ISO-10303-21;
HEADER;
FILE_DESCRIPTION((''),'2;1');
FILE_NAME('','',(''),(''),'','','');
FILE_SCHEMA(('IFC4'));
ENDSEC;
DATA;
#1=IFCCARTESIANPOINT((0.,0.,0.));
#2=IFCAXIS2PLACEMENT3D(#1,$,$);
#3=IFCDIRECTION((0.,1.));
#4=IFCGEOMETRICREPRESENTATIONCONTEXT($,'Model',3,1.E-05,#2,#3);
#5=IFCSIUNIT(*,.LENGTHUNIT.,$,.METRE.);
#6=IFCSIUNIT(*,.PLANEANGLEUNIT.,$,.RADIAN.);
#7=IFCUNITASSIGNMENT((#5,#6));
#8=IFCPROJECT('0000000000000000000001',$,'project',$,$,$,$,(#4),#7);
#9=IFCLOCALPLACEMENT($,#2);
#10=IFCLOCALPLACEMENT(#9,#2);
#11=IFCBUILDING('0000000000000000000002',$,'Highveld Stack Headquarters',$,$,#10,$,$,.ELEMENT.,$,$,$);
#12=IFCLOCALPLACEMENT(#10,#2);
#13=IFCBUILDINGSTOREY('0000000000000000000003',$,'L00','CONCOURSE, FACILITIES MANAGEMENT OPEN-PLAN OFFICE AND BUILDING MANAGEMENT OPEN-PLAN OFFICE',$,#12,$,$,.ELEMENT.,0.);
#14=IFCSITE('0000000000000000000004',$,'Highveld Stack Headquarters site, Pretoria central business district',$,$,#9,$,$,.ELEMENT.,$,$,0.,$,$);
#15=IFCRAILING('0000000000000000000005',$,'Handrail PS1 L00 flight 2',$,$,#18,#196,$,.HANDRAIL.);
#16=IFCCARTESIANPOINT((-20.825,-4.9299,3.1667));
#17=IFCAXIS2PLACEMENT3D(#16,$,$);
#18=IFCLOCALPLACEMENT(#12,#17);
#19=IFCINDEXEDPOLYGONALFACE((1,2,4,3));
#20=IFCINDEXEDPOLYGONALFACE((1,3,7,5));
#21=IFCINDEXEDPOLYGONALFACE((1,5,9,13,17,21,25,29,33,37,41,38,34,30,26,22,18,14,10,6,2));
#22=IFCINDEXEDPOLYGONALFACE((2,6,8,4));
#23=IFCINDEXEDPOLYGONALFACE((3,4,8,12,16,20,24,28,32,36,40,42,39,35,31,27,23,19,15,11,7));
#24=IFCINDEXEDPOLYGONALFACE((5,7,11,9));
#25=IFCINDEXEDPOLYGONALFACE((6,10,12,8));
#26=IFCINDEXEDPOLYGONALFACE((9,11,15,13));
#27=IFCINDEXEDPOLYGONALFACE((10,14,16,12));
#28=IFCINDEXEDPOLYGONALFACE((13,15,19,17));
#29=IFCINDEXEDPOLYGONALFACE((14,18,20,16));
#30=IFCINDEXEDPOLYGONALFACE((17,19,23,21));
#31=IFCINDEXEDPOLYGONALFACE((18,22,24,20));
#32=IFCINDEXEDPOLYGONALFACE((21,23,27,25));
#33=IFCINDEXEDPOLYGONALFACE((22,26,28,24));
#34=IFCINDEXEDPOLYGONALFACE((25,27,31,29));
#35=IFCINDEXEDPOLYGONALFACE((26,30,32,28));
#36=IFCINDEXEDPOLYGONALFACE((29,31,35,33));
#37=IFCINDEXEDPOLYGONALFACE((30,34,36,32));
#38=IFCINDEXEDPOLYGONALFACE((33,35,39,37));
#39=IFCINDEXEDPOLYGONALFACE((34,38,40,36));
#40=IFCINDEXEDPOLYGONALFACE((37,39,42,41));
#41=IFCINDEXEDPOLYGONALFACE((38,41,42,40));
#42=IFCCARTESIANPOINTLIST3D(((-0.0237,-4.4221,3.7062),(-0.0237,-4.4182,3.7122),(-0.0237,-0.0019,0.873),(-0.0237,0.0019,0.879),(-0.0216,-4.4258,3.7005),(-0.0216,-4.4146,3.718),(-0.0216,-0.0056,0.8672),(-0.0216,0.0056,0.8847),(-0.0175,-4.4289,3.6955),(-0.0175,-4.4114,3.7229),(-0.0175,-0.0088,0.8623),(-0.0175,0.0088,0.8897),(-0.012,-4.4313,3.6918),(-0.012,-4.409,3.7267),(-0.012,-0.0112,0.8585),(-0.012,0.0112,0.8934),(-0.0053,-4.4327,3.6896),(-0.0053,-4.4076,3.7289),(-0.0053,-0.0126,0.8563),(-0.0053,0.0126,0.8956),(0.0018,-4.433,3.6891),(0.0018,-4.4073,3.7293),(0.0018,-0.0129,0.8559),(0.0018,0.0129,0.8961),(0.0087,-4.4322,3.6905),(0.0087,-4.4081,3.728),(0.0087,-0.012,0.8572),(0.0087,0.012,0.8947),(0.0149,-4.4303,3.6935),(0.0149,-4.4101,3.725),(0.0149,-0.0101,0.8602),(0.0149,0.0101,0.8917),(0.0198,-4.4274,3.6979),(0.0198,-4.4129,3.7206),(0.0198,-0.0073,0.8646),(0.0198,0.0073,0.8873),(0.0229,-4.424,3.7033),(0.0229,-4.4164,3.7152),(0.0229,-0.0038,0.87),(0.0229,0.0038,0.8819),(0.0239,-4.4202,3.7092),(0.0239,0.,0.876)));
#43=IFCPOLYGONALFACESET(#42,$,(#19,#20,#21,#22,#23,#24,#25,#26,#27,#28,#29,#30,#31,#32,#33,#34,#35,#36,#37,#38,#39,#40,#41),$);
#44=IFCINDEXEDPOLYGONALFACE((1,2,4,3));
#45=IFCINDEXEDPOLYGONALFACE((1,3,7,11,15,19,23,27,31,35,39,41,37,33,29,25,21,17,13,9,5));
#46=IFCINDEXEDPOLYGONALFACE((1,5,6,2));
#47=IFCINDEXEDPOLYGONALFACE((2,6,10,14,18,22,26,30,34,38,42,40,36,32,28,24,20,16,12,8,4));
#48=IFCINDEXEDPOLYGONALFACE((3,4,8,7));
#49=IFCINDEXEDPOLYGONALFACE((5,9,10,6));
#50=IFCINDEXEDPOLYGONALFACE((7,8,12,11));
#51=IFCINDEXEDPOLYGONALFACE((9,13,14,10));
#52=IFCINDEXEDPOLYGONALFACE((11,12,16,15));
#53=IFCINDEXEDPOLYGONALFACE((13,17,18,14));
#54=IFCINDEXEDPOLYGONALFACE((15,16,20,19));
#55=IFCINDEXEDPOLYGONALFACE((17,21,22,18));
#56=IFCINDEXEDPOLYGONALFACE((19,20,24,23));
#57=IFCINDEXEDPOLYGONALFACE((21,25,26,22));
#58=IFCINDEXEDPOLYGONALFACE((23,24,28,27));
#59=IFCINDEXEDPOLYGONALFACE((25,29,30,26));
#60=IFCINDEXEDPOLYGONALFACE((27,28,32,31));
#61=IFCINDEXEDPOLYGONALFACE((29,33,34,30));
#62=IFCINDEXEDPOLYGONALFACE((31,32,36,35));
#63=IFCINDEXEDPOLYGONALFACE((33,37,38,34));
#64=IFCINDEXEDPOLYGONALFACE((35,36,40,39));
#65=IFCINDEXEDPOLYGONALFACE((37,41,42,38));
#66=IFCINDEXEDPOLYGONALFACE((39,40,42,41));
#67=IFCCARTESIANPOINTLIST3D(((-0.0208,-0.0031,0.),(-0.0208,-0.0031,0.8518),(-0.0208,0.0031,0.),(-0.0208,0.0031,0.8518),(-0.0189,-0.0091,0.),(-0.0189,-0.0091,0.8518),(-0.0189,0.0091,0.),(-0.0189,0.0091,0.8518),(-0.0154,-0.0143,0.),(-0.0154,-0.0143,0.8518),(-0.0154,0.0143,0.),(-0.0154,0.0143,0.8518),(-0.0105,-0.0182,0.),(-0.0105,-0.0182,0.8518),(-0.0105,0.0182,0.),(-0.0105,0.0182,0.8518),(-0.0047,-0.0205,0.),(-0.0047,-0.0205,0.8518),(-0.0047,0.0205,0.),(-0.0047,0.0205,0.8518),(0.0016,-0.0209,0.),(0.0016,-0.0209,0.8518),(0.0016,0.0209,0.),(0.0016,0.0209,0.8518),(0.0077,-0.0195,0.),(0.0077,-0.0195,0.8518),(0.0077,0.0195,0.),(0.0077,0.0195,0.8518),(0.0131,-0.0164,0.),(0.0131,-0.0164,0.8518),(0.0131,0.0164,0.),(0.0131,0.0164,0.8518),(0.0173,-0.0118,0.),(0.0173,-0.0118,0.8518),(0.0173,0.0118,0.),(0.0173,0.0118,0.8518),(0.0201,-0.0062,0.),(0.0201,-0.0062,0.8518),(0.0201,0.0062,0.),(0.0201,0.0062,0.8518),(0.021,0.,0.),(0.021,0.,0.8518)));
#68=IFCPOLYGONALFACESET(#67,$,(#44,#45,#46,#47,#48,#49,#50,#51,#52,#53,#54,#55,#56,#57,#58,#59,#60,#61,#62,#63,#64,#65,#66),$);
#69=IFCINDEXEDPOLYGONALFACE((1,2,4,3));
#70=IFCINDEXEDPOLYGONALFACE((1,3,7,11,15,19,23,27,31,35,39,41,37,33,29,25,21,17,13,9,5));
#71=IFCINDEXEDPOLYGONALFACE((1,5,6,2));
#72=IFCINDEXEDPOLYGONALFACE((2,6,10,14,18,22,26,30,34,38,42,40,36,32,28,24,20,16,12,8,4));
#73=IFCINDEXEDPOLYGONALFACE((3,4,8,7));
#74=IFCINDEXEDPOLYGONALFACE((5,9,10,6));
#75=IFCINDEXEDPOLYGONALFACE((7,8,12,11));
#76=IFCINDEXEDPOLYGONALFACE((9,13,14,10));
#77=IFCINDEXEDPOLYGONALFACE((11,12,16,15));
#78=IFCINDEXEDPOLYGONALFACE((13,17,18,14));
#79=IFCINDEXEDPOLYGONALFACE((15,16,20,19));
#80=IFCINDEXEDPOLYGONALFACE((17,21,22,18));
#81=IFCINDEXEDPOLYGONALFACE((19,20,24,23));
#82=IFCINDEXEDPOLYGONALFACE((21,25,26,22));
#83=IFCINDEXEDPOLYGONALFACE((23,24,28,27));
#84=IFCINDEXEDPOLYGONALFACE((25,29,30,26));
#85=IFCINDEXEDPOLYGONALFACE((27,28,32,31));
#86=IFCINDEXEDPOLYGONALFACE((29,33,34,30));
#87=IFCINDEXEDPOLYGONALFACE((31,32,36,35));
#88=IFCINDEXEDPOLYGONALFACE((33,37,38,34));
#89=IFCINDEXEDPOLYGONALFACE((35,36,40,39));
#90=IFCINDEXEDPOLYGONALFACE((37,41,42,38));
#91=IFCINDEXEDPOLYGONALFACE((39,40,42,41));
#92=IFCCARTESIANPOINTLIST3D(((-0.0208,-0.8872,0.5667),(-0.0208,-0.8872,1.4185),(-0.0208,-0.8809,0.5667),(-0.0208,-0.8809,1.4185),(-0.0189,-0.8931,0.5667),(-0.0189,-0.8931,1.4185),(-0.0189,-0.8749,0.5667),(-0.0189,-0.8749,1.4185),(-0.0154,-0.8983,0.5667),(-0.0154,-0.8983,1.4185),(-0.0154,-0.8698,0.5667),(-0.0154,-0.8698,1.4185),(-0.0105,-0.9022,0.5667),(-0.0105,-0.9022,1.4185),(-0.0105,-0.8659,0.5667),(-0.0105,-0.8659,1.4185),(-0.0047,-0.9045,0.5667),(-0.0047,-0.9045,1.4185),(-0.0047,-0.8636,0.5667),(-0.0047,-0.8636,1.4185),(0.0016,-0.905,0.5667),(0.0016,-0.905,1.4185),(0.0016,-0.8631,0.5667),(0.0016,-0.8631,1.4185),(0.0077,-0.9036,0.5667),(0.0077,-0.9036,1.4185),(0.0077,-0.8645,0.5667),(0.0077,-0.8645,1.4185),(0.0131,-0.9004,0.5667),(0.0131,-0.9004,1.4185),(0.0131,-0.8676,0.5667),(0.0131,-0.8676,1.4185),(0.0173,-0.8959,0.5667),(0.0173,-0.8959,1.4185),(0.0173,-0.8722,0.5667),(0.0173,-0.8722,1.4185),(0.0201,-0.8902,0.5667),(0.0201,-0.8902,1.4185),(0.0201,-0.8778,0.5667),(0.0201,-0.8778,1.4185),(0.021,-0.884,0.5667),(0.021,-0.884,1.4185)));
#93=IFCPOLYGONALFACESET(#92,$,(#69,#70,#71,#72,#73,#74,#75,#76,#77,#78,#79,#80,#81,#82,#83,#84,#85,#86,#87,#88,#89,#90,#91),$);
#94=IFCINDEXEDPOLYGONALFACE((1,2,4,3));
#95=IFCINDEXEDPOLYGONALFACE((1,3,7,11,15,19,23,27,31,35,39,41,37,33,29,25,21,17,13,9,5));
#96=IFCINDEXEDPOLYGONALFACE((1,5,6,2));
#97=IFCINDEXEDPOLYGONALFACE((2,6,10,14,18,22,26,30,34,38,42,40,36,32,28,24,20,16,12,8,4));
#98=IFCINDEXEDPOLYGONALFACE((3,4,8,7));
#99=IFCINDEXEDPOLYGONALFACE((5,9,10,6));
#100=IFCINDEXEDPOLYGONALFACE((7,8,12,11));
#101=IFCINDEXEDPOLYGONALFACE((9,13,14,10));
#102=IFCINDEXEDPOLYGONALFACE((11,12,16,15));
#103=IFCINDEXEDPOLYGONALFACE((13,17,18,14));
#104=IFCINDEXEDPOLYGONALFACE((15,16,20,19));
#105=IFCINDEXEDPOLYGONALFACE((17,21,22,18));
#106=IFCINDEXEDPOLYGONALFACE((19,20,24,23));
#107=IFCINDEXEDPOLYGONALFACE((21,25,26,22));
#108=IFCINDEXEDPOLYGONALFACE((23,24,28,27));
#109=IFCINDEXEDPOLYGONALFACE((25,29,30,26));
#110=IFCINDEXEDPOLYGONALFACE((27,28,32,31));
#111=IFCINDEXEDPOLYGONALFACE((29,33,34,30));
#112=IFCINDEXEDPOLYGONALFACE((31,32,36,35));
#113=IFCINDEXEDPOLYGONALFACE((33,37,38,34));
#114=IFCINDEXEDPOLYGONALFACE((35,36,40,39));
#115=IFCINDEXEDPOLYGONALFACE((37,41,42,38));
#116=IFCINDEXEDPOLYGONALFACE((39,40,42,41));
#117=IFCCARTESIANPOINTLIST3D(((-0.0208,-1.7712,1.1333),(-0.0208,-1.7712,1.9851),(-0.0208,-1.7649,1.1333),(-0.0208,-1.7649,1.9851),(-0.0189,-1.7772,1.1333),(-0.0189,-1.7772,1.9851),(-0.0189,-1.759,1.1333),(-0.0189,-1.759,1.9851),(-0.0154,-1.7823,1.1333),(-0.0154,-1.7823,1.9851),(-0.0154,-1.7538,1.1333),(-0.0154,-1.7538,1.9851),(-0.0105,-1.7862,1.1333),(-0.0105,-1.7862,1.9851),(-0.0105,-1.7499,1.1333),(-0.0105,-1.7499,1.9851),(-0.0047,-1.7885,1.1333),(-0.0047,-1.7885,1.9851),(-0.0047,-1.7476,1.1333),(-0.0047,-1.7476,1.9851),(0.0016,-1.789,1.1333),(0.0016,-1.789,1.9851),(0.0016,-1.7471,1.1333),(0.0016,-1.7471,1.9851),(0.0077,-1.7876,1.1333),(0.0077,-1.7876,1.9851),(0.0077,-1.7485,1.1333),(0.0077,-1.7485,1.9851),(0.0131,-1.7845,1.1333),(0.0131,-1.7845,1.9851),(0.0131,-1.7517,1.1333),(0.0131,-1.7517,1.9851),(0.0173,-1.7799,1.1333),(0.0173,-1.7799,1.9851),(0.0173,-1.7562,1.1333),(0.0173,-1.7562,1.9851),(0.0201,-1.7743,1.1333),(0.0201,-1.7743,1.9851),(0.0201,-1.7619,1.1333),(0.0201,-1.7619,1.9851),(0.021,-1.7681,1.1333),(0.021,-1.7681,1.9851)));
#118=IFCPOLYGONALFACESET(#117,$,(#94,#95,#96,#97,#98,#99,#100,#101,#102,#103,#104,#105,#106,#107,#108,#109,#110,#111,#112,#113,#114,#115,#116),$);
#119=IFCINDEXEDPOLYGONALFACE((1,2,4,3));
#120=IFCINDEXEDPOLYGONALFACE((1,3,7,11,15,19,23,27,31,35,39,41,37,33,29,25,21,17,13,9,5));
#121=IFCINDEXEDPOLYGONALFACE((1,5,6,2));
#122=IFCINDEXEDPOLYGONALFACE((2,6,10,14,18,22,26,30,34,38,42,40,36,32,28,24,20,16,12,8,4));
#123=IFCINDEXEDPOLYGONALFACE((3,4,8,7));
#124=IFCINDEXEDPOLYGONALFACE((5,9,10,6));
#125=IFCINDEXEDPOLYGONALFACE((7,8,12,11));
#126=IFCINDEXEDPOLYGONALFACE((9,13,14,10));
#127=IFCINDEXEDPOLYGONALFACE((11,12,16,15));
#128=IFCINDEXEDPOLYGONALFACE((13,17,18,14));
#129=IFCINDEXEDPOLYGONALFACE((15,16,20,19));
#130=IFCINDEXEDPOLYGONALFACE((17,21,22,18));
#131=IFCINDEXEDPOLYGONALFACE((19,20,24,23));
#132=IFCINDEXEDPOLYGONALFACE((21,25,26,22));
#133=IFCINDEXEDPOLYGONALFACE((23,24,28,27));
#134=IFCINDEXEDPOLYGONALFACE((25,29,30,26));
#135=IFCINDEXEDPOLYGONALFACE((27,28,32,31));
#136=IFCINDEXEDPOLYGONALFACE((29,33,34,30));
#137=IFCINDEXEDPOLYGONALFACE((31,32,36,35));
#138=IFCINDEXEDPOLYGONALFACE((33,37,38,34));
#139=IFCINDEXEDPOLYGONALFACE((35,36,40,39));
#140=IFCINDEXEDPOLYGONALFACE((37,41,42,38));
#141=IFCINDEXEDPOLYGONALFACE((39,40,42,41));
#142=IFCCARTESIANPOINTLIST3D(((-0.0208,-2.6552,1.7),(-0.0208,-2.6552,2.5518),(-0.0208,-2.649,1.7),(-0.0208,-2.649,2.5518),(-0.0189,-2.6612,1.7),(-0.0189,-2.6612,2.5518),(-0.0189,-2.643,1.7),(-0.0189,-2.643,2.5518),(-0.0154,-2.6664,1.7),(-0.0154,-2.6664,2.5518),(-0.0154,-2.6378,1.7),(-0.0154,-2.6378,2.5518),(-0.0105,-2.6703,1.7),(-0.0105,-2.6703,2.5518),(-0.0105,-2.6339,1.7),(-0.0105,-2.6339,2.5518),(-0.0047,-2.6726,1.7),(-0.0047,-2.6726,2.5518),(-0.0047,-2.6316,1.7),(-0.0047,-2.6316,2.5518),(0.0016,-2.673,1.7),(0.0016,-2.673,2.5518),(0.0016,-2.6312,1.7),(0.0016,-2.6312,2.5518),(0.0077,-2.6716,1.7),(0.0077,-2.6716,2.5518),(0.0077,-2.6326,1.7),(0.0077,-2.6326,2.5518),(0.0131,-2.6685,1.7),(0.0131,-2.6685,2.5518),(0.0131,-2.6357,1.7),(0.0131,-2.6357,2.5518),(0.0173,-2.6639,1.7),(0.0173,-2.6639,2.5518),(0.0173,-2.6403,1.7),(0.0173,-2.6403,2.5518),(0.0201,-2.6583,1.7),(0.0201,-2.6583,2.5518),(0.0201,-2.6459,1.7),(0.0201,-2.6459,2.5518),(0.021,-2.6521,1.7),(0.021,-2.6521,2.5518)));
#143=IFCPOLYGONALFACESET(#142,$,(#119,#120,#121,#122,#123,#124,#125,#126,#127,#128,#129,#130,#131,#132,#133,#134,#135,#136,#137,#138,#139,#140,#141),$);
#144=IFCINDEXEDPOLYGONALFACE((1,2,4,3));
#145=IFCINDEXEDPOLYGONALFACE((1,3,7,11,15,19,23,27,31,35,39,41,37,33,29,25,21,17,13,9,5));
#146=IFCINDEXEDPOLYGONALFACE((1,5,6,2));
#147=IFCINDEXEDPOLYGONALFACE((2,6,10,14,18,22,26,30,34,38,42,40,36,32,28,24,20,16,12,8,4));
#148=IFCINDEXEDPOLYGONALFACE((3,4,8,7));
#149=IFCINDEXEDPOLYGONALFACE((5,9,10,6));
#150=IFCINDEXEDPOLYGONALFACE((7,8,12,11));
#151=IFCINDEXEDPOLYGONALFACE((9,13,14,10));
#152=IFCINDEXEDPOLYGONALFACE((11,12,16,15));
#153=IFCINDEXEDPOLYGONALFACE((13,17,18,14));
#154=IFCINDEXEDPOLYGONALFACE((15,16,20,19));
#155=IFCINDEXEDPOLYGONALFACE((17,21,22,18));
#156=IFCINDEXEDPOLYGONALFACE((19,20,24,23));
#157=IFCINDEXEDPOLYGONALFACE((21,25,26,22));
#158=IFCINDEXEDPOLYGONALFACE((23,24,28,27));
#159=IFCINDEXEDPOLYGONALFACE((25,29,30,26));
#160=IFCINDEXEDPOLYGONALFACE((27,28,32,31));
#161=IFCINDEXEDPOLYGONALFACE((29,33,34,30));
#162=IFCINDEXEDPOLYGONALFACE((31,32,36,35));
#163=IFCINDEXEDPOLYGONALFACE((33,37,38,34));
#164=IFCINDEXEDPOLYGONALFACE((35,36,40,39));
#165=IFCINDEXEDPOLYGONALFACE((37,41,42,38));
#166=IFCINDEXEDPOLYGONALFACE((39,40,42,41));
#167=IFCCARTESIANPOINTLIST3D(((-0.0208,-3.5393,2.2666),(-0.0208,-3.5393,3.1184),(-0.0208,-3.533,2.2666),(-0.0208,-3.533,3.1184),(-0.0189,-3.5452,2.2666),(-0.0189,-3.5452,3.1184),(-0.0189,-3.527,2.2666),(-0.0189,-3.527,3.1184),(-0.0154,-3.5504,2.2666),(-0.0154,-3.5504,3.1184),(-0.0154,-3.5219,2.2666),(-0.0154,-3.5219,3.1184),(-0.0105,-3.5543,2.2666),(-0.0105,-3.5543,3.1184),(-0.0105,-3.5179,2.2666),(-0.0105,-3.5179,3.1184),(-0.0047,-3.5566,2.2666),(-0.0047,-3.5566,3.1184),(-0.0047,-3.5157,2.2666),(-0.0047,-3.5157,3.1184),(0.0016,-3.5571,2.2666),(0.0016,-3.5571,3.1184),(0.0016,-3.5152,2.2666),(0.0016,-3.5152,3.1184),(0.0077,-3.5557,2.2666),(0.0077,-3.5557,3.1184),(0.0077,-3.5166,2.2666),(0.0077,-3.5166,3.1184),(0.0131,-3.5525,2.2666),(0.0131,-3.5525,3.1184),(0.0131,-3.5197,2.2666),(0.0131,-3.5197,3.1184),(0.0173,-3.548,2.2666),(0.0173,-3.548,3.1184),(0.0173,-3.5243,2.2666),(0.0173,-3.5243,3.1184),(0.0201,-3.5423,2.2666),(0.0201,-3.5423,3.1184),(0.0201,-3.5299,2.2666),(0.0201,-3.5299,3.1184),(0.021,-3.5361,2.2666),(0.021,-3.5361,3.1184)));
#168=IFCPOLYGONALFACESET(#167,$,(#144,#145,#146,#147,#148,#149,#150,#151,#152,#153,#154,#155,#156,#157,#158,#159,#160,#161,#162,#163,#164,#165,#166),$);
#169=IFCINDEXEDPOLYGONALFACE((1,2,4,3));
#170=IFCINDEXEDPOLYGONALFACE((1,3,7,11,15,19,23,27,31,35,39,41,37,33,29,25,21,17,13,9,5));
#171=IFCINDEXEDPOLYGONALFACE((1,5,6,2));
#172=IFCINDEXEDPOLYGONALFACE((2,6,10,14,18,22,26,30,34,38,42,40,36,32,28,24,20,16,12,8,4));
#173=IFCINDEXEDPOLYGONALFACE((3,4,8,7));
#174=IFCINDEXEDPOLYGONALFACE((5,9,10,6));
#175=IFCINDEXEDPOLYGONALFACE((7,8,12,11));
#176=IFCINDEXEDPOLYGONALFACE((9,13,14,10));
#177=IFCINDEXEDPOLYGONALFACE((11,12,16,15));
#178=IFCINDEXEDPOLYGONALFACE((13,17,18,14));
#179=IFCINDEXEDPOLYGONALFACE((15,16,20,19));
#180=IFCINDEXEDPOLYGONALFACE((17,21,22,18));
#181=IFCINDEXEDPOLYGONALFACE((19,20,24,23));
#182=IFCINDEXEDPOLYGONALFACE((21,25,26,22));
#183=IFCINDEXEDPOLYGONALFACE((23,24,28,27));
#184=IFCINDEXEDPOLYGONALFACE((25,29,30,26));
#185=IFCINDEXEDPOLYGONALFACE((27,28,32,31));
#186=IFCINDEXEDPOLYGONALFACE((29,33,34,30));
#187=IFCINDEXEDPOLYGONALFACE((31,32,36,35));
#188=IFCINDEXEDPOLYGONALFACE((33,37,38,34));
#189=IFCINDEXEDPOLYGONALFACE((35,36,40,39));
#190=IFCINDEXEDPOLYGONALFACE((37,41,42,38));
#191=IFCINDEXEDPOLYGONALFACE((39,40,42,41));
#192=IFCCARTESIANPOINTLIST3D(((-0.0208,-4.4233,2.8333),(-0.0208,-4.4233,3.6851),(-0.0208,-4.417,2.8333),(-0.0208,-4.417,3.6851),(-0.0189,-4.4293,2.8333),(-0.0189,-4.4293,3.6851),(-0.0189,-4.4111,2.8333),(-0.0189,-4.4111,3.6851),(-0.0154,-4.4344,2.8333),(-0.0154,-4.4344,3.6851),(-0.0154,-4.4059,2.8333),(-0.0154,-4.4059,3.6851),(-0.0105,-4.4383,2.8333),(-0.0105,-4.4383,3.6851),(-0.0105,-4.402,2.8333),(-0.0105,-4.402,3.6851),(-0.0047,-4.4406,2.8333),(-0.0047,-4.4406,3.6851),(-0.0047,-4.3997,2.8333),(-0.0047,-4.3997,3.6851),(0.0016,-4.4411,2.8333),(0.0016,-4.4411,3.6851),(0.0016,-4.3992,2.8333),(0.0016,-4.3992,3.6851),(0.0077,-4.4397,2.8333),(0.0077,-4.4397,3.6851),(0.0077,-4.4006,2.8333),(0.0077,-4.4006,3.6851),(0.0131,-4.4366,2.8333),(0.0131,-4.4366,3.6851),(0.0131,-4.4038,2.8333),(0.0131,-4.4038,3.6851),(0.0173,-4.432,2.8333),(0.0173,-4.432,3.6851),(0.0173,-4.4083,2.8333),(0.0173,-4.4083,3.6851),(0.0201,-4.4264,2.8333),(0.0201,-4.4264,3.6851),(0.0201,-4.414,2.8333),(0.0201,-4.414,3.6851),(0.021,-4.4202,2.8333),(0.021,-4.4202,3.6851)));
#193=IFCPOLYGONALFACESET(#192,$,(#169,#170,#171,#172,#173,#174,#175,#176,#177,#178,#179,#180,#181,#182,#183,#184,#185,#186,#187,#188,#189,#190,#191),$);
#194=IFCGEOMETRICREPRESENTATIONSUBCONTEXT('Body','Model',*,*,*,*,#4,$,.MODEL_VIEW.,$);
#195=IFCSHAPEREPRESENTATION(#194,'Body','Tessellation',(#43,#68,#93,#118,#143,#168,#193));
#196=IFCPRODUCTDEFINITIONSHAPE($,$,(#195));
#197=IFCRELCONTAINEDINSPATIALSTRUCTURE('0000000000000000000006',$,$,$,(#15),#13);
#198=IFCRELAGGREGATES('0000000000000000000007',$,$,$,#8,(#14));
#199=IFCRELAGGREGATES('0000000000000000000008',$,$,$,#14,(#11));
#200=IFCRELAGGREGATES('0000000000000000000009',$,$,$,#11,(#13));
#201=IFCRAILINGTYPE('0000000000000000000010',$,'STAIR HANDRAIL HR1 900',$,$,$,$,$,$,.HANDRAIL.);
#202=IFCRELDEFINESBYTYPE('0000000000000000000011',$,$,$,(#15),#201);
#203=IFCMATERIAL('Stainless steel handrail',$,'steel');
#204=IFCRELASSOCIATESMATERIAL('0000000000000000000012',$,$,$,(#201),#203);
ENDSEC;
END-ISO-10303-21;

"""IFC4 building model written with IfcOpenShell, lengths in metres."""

from ifc_helpers import new_model, si_unit, direction, frame, origin, origin_2d, place, context, subcontext, project, spatial, circle, extrude, material, type_object, element, save


model = new_model("IFC4")

# Units and contexts
model_context = context("Model", 3, precision=1e-05, world=origin(), true_north=direction((0.0, 1.0)))
body_context = subcontext(model_context, "Body", "Model", "MODEL_VIEW")
ifc_project = project(units=[si_unit("LENGTHUNIT", "METRE"), si_unit("PLANEANGLEUNIT", "RADIAN")], contexts=[model_context])

# Site, building, storey
site_placement = place(None, origin())
site = spatial("IfcSite", under=ifc_project, at=site_placement, Name="Highveld Stack Headquarters site, Pretoria central business district", CompositionType="ELEMENT", RefElevation=0.0)
building_placement = place(site_placement, origin())
building = spatial("IfcBuilding", under=site, at=building_placement, Name="Highveld Stack Headquarters", CompositionType="ELEMENT")
storey_placement = place(building_placement, origin())
storey = spatial("IfcBuildingStorey", under=building, at=storey_placement, Name="L00", Description="CONCOURSE, FACILITIES MANAGEMENT OPEN-PLAN OFFICE AND BUILDING MANAGEMENT OPEN-PLAN OFFICE", CompositionType="ELEMENT", Elevation=0.0)

# Railing
ifc_material_1 = material(Name="Stainless steel handrail", Category="steel")
railing_type = type_object("IfcRailingType", Name="STAIR HANDRAIL HR1 900", PredefinedType="HANDRAIL", material=ifc_material_1)
railing_placement = place(storey_placement, frame((-20.825, -4.9299, 3.1667)))
element("IfcRailing", 1, at=railing_placement, inside=storey, type_object=railing_type, Name="Handrail PS1 L00 flight 2", PredefinedType="HANDRAIL", context=body_context, shape_type="SweptSolid", body=[
    extrude(circle(Radius=0.0239, at=origin_2d()), frame((0.0, 0.0, 0.876), z_axis=(0.0, -0.841895, 0.539641), x_axis=(1.0, 0.0, 0.0)), (0.0, 0.0, 1.0), 5.2502),
    extrude(circle(Radius=0.021, at=origin_2d()), origin(), (0.0, 0.0, 1.0), 0.8518),
    extrude(circle(Radius=0.021, at=origin_2d()), frame((0.0, -0.884, 0.5667)), (0.0, 0.0, 1.0), 0.8518),
    extrude(circle(Radius=0.021, at=origin_2d()), frame((0.0, -1.7681, 1.1333)), (0.0, 0.0, 1.0), 0.8518),
    extrude(circle(Radius=0.021, at=origin_2d()), frame((0.0, -2.6521, 1.7)), (0.0, 0.0, 1.0), 0.8518),
    extrude(circle(Radius=0.021, at=origin_2d()), frame((0.0, -3.5361, 2.2666)), (0.0, 0.0, 1.0), 0.8518),
    extrude(circle(Radius=0.021, at=origin_2d()), frame((0.0, -4.4202, 2.8333)), (0.0, 0.0, 1.0), 0.8518),
])

save(model, "model.ifc")
